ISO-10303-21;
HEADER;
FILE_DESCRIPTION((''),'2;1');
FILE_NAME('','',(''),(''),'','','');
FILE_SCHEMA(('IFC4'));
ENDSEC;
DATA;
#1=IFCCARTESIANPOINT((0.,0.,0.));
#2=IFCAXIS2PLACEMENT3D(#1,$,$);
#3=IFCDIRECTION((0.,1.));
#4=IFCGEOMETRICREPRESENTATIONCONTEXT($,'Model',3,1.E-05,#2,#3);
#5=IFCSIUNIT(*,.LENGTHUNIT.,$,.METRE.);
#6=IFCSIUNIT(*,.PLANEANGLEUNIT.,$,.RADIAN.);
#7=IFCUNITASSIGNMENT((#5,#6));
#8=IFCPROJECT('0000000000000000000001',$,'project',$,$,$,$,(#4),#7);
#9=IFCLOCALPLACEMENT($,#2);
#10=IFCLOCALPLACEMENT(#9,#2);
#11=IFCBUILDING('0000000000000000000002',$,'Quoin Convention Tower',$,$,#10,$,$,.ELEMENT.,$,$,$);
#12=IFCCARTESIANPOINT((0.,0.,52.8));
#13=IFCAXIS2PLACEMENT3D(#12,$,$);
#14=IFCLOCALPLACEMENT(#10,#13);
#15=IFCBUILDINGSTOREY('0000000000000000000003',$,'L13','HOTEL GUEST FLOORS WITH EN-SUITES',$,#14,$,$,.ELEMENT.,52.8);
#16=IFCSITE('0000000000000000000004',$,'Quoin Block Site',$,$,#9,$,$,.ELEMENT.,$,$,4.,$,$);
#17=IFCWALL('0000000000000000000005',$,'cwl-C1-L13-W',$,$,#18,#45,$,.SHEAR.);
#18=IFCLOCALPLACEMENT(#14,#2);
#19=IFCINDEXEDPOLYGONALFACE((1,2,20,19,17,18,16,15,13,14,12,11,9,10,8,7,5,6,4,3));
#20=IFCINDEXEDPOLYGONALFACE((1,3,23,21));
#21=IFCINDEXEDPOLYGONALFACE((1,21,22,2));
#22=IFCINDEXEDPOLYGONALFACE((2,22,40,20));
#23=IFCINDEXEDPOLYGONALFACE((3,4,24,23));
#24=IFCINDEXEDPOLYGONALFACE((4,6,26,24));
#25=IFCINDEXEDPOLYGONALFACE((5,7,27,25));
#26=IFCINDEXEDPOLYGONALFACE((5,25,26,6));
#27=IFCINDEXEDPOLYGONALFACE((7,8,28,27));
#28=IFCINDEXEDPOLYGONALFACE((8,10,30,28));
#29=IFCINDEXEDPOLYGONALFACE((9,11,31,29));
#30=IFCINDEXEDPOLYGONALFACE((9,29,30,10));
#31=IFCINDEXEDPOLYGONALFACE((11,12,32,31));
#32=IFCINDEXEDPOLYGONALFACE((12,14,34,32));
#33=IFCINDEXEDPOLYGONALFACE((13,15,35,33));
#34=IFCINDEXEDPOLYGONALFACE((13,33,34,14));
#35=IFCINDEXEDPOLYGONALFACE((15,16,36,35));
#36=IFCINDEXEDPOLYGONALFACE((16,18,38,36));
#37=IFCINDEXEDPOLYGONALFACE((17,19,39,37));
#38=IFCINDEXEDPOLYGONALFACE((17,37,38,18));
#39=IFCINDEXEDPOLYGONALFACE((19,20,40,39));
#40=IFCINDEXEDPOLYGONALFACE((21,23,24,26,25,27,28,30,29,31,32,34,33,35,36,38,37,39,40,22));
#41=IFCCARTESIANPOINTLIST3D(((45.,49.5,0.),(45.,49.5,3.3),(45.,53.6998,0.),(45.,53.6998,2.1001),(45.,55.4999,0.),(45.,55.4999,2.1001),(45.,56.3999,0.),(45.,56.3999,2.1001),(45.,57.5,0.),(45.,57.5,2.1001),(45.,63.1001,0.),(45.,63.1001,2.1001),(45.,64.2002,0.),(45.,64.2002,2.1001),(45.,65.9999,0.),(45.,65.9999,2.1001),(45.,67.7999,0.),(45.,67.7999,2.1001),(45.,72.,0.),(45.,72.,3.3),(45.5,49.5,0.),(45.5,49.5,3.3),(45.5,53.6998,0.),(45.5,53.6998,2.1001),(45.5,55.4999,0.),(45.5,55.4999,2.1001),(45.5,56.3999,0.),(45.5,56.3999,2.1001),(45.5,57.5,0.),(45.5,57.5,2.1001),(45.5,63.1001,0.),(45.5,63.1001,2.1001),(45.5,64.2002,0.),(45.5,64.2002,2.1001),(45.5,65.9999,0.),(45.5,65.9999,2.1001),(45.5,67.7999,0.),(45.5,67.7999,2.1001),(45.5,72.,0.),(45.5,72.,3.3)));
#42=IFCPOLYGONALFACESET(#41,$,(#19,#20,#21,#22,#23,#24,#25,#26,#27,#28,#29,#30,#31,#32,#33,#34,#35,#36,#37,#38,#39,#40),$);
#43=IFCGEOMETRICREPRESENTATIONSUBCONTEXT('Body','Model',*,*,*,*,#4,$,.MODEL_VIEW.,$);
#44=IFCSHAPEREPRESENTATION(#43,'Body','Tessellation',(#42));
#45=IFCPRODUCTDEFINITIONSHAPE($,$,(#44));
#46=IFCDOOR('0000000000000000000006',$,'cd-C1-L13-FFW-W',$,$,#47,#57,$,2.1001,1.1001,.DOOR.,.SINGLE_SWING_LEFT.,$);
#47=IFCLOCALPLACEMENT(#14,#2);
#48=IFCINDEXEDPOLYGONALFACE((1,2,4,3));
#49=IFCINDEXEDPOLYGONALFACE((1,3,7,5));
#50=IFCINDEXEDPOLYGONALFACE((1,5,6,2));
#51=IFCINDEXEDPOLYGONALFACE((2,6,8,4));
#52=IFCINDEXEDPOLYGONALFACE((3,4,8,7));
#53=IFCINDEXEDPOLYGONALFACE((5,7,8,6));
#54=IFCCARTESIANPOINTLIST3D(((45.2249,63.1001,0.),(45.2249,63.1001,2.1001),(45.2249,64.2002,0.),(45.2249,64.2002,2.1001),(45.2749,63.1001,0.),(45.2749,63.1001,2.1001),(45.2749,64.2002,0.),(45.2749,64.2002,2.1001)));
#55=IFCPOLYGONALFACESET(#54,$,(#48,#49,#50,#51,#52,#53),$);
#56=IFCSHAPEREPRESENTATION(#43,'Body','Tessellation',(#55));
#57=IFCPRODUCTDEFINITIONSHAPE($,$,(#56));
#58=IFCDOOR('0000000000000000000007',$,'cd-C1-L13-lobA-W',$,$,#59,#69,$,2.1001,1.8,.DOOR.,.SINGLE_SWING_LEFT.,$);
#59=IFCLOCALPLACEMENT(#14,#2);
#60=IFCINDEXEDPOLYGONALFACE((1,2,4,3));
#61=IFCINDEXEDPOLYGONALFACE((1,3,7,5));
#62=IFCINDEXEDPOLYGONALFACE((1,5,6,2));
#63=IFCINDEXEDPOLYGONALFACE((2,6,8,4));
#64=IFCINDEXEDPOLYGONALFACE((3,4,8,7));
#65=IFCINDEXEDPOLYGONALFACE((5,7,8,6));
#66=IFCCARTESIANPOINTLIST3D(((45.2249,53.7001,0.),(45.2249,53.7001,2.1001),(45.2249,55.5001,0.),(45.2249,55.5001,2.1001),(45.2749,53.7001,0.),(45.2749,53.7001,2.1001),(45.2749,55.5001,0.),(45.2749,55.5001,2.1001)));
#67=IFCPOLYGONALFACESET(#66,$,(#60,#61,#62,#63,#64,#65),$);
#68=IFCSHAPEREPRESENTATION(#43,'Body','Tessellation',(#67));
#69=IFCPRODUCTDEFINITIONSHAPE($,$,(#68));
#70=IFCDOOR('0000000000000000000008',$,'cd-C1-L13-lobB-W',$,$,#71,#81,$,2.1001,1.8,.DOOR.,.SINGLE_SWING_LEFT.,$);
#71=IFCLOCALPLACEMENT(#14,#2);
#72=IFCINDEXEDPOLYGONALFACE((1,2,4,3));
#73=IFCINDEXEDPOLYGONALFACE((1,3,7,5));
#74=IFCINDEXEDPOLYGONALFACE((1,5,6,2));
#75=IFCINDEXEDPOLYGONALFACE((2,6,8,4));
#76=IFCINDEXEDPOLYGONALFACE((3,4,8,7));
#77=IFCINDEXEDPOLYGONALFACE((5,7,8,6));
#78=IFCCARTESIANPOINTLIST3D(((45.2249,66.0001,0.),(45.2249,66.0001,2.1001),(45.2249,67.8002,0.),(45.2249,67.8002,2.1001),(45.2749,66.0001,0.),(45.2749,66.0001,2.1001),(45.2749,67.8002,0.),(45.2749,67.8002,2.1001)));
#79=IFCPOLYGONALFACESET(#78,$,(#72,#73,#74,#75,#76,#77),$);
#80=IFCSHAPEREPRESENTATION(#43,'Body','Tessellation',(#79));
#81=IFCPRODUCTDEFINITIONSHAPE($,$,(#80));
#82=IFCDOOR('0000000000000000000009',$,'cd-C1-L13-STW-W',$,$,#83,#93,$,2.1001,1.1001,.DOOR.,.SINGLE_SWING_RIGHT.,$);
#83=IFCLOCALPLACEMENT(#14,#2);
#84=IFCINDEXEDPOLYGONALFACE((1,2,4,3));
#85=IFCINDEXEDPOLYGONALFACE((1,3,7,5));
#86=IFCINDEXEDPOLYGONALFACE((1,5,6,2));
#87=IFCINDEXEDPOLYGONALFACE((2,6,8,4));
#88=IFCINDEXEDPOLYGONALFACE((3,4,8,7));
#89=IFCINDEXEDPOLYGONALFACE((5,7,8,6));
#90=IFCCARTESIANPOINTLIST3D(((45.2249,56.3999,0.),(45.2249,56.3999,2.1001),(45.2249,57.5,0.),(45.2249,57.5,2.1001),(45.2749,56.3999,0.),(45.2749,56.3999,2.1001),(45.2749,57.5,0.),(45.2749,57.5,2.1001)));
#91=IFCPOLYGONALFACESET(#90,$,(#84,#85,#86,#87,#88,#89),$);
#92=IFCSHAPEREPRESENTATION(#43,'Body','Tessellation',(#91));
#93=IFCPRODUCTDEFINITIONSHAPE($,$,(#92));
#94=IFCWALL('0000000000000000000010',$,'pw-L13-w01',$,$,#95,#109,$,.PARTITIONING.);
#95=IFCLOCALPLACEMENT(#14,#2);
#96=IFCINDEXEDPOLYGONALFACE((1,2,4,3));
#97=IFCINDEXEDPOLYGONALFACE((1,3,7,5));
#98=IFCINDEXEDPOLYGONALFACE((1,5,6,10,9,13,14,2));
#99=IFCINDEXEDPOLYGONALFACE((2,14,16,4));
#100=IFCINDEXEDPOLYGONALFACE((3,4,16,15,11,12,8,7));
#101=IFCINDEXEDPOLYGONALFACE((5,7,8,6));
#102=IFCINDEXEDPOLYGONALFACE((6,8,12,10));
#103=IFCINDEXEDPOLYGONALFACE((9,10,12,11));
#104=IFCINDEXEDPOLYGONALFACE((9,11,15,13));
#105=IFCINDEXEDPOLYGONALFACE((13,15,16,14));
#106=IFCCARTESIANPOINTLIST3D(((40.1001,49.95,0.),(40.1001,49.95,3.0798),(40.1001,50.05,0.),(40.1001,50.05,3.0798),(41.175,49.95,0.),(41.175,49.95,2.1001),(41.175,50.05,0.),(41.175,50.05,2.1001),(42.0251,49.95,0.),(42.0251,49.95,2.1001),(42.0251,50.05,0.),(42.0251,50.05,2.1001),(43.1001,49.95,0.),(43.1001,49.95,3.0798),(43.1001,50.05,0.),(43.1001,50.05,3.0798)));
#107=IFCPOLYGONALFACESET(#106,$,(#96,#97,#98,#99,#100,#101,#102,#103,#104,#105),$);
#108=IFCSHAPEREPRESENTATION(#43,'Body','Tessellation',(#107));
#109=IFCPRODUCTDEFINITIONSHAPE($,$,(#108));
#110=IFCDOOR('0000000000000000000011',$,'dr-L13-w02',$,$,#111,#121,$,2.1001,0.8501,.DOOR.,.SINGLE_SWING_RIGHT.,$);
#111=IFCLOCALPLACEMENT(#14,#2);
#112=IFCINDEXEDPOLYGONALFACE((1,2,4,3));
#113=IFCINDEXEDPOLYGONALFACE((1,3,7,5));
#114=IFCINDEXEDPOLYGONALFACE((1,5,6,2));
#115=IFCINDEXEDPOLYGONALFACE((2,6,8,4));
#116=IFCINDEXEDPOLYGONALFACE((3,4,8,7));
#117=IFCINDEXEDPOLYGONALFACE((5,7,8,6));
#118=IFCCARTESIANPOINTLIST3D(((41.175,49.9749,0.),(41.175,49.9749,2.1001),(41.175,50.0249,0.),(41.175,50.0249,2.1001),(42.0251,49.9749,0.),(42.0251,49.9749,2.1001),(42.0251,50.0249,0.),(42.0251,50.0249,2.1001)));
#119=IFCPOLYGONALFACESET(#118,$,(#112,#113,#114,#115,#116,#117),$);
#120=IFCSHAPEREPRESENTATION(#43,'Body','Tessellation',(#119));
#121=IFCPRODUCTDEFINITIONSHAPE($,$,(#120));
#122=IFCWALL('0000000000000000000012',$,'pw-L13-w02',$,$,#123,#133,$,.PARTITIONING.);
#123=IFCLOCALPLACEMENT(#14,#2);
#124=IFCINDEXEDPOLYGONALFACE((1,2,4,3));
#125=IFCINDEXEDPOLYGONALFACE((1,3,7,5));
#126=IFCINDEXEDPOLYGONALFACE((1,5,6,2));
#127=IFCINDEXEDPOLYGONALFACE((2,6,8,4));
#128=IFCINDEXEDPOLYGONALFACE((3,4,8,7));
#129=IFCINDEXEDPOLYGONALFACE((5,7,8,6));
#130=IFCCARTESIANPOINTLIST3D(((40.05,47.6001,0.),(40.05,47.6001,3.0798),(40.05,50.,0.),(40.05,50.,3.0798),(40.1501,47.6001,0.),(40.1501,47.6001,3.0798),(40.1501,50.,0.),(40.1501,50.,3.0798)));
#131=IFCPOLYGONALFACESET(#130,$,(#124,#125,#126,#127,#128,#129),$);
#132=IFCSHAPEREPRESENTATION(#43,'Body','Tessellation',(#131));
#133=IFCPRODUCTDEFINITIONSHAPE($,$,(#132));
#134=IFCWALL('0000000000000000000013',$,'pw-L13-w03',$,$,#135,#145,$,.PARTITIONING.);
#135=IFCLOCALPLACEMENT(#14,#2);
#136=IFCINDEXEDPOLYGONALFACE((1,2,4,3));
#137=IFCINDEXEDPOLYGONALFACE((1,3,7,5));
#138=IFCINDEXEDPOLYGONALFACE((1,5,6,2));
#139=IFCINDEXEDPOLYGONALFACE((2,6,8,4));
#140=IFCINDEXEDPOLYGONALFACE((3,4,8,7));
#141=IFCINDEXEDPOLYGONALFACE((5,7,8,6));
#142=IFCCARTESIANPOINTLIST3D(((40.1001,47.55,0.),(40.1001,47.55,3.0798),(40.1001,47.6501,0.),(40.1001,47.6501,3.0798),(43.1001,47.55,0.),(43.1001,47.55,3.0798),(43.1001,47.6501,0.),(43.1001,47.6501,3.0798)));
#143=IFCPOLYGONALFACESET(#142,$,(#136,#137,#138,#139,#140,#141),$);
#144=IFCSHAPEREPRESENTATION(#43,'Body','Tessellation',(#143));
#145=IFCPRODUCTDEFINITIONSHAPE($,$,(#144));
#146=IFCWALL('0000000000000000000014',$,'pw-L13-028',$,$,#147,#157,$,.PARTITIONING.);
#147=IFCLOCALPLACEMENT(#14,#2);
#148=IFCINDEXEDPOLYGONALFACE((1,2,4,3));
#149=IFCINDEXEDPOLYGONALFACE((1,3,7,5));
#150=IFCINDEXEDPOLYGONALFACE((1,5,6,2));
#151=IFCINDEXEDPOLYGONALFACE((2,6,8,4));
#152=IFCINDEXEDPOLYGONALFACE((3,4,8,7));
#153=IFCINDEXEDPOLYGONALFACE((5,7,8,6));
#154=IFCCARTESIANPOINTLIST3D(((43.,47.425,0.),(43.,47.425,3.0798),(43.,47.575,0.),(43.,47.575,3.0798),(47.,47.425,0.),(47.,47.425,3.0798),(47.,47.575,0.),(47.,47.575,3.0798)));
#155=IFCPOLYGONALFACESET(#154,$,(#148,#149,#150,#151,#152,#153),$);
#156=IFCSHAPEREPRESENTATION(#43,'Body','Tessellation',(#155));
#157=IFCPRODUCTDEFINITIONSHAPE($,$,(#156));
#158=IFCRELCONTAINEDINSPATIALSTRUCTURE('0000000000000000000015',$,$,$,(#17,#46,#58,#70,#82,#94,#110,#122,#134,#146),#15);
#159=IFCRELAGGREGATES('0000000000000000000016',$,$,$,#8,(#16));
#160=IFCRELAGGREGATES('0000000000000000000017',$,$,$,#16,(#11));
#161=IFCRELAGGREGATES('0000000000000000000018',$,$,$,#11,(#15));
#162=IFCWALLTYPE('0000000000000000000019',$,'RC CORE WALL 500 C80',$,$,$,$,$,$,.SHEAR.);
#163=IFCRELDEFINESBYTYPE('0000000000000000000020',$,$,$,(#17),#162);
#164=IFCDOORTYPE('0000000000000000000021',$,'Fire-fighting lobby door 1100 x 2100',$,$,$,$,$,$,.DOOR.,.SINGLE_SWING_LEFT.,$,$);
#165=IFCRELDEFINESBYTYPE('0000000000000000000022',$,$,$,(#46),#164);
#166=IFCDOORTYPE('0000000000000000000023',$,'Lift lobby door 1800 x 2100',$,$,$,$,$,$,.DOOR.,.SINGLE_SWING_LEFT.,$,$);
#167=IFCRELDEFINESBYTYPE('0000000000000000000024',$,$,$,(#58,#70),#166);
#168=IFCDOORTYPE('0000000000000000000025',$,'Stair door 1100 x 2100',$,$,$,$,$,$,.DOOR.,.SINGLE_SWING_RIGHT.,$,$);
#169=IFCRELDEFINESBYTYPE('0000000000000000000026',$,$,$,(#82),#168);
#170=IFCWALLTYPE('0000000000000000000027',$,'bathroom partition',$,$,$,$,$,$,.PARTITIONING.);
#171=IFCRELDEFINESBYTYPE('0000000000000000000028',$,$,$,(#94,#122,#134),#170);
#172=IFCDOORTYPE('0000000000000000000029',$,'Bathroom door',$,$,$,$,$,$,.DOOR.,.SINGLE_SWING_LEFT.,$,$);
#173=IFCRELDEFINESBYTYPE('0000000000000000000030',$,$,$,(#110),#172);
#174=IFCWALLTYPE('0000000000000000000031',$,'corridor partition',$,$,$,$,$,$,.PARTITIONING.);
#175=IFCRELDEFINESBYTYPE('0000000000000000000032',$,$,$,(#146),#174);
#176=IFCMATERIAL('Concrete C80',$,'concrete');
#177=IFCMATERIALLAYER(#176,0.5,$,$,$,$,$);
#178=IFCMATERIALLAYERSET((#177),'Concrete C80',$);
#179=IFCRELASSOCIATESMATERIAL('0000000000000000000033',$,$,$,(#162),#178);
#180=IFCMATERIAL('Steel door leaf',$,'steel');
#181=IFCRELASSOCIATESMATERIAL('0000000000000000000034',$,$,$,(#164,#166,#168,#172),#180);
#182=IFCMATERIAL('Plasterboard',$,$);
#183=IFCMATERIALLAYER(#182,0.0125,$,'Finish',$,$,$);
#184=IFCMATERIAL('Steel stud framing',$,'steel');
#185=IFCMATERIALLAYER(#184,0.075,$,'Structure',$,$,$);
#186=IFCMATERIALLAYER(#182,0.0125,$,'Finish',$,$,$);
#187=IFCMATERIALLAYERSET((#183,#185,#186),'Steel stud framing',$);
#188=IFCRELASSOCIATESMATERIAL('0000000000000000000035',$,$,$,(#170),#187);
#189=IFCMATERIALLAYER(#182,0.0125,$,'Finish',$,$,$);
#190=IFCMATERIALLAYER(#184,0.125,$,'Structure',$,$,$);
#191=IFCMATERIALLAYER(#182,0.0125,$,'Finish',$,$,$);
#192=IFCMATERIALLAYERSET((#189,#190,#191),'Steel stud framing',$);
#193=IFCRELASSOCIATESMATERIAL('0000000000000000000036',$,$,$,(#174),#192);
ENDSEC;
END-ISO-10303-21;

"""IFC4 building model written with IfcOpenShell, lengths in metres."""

from ifc_helpers import new_model, si_unit, direction, frame, frame_2d, origin, place, context, subcontext, project, spatial, rectangle, extrude, material, layer, layer_set, type_object, element, fill, save


model = new_model("IFC4")

# Units and contexts
model_context = context("Model", 3, precision=1e-05, world=origin(), true_north=direction((0.0, 1.0)))
body_context = subcontext(model_context, "Body", "Model", "MODEL_VIEW")
ifc_project = project(units=[si_unit("LENGTHUNIT", "METRE"), si_unit("PLANEANGLEUNIT", "RADIAN")], contexts=[model_context])

# Site, building, storey
site_placement = place(None, origin())
site = spatial("IfcSite", under=ifc_project, at=site_placement, Name="Quoin Block Site", CompositionType="ELEMENT", RefElevation=4.0)
building_placement = place(site_placement, origin())
building = spatial("IfcBuilding", under=site, at=building_placement, Name="Quoin Convention Tower", CompositionType="ELEMENT")
storey_placement = place(building_placement, frame((0.0, 0.0, 52.8)))
storey = spatial("IfcBuildingStorey", under=building, at=storey_placement, Name="L13", Description="HOTEL GUEST FLOORS WITH EN-SUITES", CompositionType="ELEMENT", Elevation=52.8)

# Shared definitions
ifc_material_1 = material(Name="Concrete C80", Category="concrete")

# Shared definitions
ifc_material_2 = material(Name="Plasterboard")
ifc_material_3 = material(Name="Steel stud framing", Category="steel")
ifc_material_4 = material(Name="Steel door leaf", Category="steel")

# Shared definitions
ifc_layer_1 = layer(ifc_material_1, 0.5)
ifc_layer_set_1 = layer_set([ifc_layer_1], Name="Concrete C80")
wall_type_1 = type_object("IfcWallType", Name="RC CORE WALL 500 C80", PredefinedType="SHEAR", material=ifc_layer_set_1)

# Wall, openings, doors
wall_1_placement = place(storey_placement, frame((45.25, 49.5, 0.0), z_axis=(0.0, 0.0, 1.0), x_axis=(0.0, 1.0, 0.0)))
wall_1 = element("IfcWall", 1, at=wall_1_placement, inside=storey, type_object=wall_type_1, Name="cwl-C1-L13-W", PredefinedType="SHEAR", context=body_context, shape_type="SweptSolid", body=[
    extrude(rectangle(XDim=22.5, YDim=0.5, at=frame_2d((11.25, 0.0))), origin(), (0.0, 0.0, 1.0), 3.3),
])
opening_1_placement = place(wall_1_placement, frame((4.2, 0.0, 0.0)))
opening_1 = element("IfcOpeningElement", 2, at=opening_1_placement, cuts=wall_1, PredefinedType="OPENING", context=body_context, shape_type="SweptSolid", body=[
    extrude(rectangle(XDim=1.8, YDim=2.1001, at=frame_2d((0.8999, 1.05))), frame((0.0, 0.26, 0.0), z_axis=(0.0, -1.0, 0.0), x_axis=(1.0, 0.0, 0.0)), (0.0, 0.0, 1.0), 0.52),
])
opening_2_placement = place(wall_1_placement, frame((6.8999, 0.0, 0.0)))
opening_2 = element("IfcOpeningElement", 3, at=opening_2_placement, cuts=wall_1, PredefinedType="OPENING", context=body_context, shape_type="SweptSolid", body=[
    extrude(rectangle(XDim=1.1001, YDim=2.1001, at=frame_2d((0.55, 1.05))), frame((0.0, 0.26, 0.0), z_axis=(0.0, -1.0, 0.0), x_axis=(1.0, 0.0, 0.0)), (0.0, 0.0, 1.0), 0.52),
])
opening_3_placement = place(wall_1_placement, frame((13.6001, 0.0, 0.0)))
opening_3 = element("IfcOpeningElement", 4, at=opening_3_placement, cuts=wall_1, PredefinedType="OPENING", context=body_context, shape_type="SweptSolid", body=[
    extrude(rectangle(XDim=1.1001, YDim=2.1001, at=frame_2d((0.55, 1.05))), frame((0.0, 0.26, 0.0), z_axis=(0.0, -1.0, 0.0), x_axis=(1.0, 0.0, 0.0)), (0.0, 0.0, 1.0), 0.52),
])
opening_4_placement = place(wall_1_placement, frame((16.5, 0.0, 0.0)))
opening_4 = element("IfcOpeningElement", 5, at=opening_4_placement, cuts=wall_1, PredefinedType="OPENING", context=body_context, shape_type="SweptSolid", body=[
    extrude(rectangle(XDim=1.8, YDim=2.1001, at=frame_2d((0.8999, 1.05))), frame((0.0, 0.26, 0.0), z_axis=(0.0, -1.0, 0.0), x_axis=(1.0, 0.0, 0.0)), (0.0, 0.0, 1.0), 0.52),
])
door_type_1 = type_object("IfcDoorType", Name="Fire-fighting lobby door 1100 x 2100", OperationType="SINGLE_SWING_LEFT", PredefinedType="DOOR", material=ifc_material_4)
door_1_placement = place(opening_3_placement, frame((1.1001, 0.0, 0.0), z_axis=(0.0, 0.0, 1.0), x_axis=(-1.0, 0.0, 0.0)))
door_1 = element("IfcDoor", 6, at=door_1_placement, inside=storey, type_object=door_type_1, Name="cd-C1-L13-FFW-W", OperationType="SINGLE_SWING_LEFT", OverallHeight=2.1001, OverallWidth=1.1001, PredefinedType="DOOR", context=body_context, shape_type="SweptSolid", body=[
    extrude(rectangle(XDim=1.1001, YDim=2.1001, at=frame_2d((0.55, 1.05))), frame((0.0, 0.0249, 0.0), z_axis=(0.0, -1.0, 0.0), x_axis=(1.0, 0.0, 0.0)), (0.0, 0.0, 1.0), 0.05),
])
fill(opening_3, door_1)
door_type_2 = type_object("IfcDoorType", Name="Lift lobby door 1800 x 2100", OperationType="SINGLE_SWING_LEFT", PredefinedType="DOOR", material=ifc_material_4)
door_2_placement = place(opening_1_placement, frame((1.8, 0.0, 0.0), z_axis=(0.0, 0.0, 1.0), x_axis=(-1.0, 0.0, 0.0)))
door_2 = element("IfcDoor", 7, at=door_2_placement, inside=storey, type_object=door_type_2, Name="cd-C1-L13-lobA-W", OperationType="SINGLE_SWING_LEFT", OverallHeight=2.1001, OverallWidth=1.8, PredefinedType="DOOR", context=body_context, shape_type="SweptSolid", body=[
    extrude(rectangle(XDim=1.8, YDim=2.1001, at=frame_2d((0.8999, 1.05))), frame((0.0, 0.0249, 0.0), z_axis=(0.0, -1.0, 0.0), x_axis=(1.0, 0.0, 0.0)), (0.0, 0.0, 1.0), 0.05),
])
fill(opening_1, door_2)
door_3_placement = place(opening_4_placement, frame((1.8, 0.0, 0.0), z_axis=(0.0, 0.0, 1.0), x_axis=(-1.0, 0.0, 0.0)))
door_3 = element("IfcDoor", 8, at=door_3_placement, inside=storey, type_object=door_type_2, Name="cd-C1-L13-lobB-W", OperationType="SINGLE_SWING_LEFT", OverallHeight=2.1001, OverallWidth=1.8, PredefinedType="DOOR", context=body_context, shape_type="SweptSolid", body=[
    extrude(rectangle(XDim=1.8, YDim=2.1001, at=frame_2d((0.8999, 1.05))), frame((0.0, 0.0249, 0.0), z_axis=(0.0, -1.0, 0.0), x_axis=(1.0, 0.0, 0.0)), (0.0, 0.0, 1.0), 0.05),
])
fill(opening_4, door_3)
door_type_3 = type_object("IfcDoorType", Name="Stair door 1100 x 2100", OperationType="SINGLE_SWING_RIGHT", PredefinedType="DOOR", material=ifc_material_4)
door_4_placement = place(opening_2_placement, frame((1.1001, 0.0, 0.0), z_axis=(0.0, 0.0, 1.0), x_axis=(-1.0, 0.0, 0.0)))
door_4 = element("IfcDoor", 9, at=door_4_placement, inside=storey, type_object=door_type_3, Name="cd-C1-L13-STW-W", OperationType="SINGLE_SWING_RIGHT", OverallHeight=2.1001, OverallWidth=1.1001, PredefinedType="DOOR", context=body_context, shape_type="SweptSolid", body=[
    extrude(rectangle(XDim=1.1001, YDim=2.1001, at=frame_2d((0.55, 1.05))), frame((0.0, 0.0249, 0.0), z_axis=(0.0, -1.0, 0.0), x_axis=(1.0, 0.0, 0.0)), (0.0, 0.0, 1.0), 0.05),
])
fill(opening_2, door_4)

# Wall, opening, door
ifc_layer_2 = layer(ifc_material_2, 0.0125, Name="Finish")
ifc_layer_3 = layer(ifc_material_3, 0.075, Name="Structure")
ifc_layer_4 = layer(ifc_material_2, 0.0125, Name="Finish")
ifc_layer_set_2 = layer_set([ifc_layer_2, ifc_layer_3, ifc_layer_4], Name="Steel stud framing")
wall_type_2 = type_object("IfcWallType", Name="bathroom partition", PredefinedType="PARTITIONING", material=ifc_layer_set_2)
wall_2_placement = place(storey_placement, frame((43.1001, 50.0, 0.0), z_axis=(0.0, 0.0, 1.0), x_axis=(-1.0, 0.0, 0.0)))
wall_2 = element("IfcWall", 10, at=wall_2_placement, inside=storey, type_object=wall_type_2, Name="pw-L13-w01", PredefinedType="PARTITIONING", context=body_context, shape_type="SweptSolid", body=[
    extrude(rectangle(XDim=3.0, YDim=0.1001, at=frame_2d((1.5, 0.0))), origin(), (0.0, 0.0, 1.0), 3.0798),
])
opening_5_placement = place(wall_2_placement, frame((1.075, 0.0, 0.0)))
opening_5 = element("IfcOpeningElement", 11, at=opening_5_placement, cuts=wall_2, PredefinedType="OPENING", context=body_context, shape_type="SweptSolid", body=[
    extrude(rectangle(XDim=0.8501, YDim=2.1001, at=frame_2d((0.425, 1.05))), frame((0.0, 0.0601, 0.0), z_axis=(0.0, -1.0, 0.0), x_axis=(1.0, 0.0, 0.0)), (0.0, 0.0, 1.0), 0.1201),
])
door_type_4 = type_object("IfcDoorType", Name="Bathroom door", OperationType="SINGLE_SWING_LEFT", PredefinedType="DOOR", material=ifc_material_4)
door_5_placement = place(opening_5_placement, frame((0.8501, 0.0, 0.0), z_axis=(0.0, 0.0, 1.0), x_axis=(-1.0, 0.0, 0.0)))
door_5 = element("IfcDoor", 12, at=door_5_placement, inside=storey, type_object=door_type_4, Name="dr-L13-w02", OperationType="SINGLE_SWING_RIGHT", OverallHeight=2.1001, OverallWidth=0.8501, PredefinedType="DOOR", context=body_context, shape_type="SweptSolid", body=[
    extrude(rectangle(XDim=0.8501, YDim=2.1001, at=frame_2d((0.425, 1.05))), frame((0.0, 0.0249, 0.0), z_axis=(0.0, -1.0, 0.0), x_axis=(1.0, 0.0, 0.0)), (0.0, 0.0, 1.0), 0.05),
])
fill(opening_5, door_5)

# Walls
wall_3_placement = place(storey_placement, frame((40.1001, 50.0, 0.0), z_axis=(0.0, 0.0, 1.0), x_axis=(0.0, -1.0, 0.0)))
element("IfcWall", 13, at=wall_3_placement, inside=storey, type_object=wall_type_2, Name="pw-L13-w02", PredefinedType="PARTITIONING", context=body_context, shape_type="SweptSolid", body=[
    extrude(rectangle(XDim=2.3999, YDim=0.1001, at=frame_2d((1.2, 0.0))), origin(), (0.0, 0.0, 1.0), 3.0798),
])
wall_4_placement = place(storey_placement, frame((40.1001, 47.6001, 0.0), z_axis=(0.0, 0.0, 1.0), x_axis=(1.0, 0.0, 0.0)))
element("IfcWall", 14, at=wall_4_placement, inside=storey, type_object=wall_type_2, Name="pw-L13-w03", PredefinedType="PARTITIONING", context=body_context, shape_type="SweptSolid", body=[
    extrude(rectangle(XDim=3.0, YDim=0.1001, at=frame_2d((1.5, 0.0))), origin(), (0.0, 0.0, 1.0), 3.0798),
])
ifc_layer_5 = layer(ifc_material_2, 0.0125, Name="Finish")
ifc_layer_6 = layer(ifc_material_3, 0.125, Name="Structure")
ifc_layer_7 = layer(ifc_material_2, 0.0125, Name="Finish")
ifc_layer_set_3 = layer_set([ifc_layer_5, ifc_layer_6, ifc_layer_7], Name="Steel stud framing")
wall_type_3 = type_object("IfcWallType", Name="corridor partition", PredefinedType="PARTITIONING", material=ifc_layer_set_3)
wall_5_placement = place(storey_placement, frame((43.0, 47.5, 0.0), z_axis=(0.0, 0.0, 1.0), x_axis=(1.0, 0.0, 0.0)))
element("IfcWall", 15, at=wall_5_placement, inside=storey, type_object=wall_type_3, Name="pw-L13-028", PredefinedType="PARTITIONING", context=body_context, shape_type="SweptSolid", body=[
    extrude(rectangle(XDim=4.0, YDim=0.1499, at=frame_2d((2.0, 0.0))), origin(), (0.0, 0.0, 1.0), 3.0798),
])

save(model, "model.ifc")
